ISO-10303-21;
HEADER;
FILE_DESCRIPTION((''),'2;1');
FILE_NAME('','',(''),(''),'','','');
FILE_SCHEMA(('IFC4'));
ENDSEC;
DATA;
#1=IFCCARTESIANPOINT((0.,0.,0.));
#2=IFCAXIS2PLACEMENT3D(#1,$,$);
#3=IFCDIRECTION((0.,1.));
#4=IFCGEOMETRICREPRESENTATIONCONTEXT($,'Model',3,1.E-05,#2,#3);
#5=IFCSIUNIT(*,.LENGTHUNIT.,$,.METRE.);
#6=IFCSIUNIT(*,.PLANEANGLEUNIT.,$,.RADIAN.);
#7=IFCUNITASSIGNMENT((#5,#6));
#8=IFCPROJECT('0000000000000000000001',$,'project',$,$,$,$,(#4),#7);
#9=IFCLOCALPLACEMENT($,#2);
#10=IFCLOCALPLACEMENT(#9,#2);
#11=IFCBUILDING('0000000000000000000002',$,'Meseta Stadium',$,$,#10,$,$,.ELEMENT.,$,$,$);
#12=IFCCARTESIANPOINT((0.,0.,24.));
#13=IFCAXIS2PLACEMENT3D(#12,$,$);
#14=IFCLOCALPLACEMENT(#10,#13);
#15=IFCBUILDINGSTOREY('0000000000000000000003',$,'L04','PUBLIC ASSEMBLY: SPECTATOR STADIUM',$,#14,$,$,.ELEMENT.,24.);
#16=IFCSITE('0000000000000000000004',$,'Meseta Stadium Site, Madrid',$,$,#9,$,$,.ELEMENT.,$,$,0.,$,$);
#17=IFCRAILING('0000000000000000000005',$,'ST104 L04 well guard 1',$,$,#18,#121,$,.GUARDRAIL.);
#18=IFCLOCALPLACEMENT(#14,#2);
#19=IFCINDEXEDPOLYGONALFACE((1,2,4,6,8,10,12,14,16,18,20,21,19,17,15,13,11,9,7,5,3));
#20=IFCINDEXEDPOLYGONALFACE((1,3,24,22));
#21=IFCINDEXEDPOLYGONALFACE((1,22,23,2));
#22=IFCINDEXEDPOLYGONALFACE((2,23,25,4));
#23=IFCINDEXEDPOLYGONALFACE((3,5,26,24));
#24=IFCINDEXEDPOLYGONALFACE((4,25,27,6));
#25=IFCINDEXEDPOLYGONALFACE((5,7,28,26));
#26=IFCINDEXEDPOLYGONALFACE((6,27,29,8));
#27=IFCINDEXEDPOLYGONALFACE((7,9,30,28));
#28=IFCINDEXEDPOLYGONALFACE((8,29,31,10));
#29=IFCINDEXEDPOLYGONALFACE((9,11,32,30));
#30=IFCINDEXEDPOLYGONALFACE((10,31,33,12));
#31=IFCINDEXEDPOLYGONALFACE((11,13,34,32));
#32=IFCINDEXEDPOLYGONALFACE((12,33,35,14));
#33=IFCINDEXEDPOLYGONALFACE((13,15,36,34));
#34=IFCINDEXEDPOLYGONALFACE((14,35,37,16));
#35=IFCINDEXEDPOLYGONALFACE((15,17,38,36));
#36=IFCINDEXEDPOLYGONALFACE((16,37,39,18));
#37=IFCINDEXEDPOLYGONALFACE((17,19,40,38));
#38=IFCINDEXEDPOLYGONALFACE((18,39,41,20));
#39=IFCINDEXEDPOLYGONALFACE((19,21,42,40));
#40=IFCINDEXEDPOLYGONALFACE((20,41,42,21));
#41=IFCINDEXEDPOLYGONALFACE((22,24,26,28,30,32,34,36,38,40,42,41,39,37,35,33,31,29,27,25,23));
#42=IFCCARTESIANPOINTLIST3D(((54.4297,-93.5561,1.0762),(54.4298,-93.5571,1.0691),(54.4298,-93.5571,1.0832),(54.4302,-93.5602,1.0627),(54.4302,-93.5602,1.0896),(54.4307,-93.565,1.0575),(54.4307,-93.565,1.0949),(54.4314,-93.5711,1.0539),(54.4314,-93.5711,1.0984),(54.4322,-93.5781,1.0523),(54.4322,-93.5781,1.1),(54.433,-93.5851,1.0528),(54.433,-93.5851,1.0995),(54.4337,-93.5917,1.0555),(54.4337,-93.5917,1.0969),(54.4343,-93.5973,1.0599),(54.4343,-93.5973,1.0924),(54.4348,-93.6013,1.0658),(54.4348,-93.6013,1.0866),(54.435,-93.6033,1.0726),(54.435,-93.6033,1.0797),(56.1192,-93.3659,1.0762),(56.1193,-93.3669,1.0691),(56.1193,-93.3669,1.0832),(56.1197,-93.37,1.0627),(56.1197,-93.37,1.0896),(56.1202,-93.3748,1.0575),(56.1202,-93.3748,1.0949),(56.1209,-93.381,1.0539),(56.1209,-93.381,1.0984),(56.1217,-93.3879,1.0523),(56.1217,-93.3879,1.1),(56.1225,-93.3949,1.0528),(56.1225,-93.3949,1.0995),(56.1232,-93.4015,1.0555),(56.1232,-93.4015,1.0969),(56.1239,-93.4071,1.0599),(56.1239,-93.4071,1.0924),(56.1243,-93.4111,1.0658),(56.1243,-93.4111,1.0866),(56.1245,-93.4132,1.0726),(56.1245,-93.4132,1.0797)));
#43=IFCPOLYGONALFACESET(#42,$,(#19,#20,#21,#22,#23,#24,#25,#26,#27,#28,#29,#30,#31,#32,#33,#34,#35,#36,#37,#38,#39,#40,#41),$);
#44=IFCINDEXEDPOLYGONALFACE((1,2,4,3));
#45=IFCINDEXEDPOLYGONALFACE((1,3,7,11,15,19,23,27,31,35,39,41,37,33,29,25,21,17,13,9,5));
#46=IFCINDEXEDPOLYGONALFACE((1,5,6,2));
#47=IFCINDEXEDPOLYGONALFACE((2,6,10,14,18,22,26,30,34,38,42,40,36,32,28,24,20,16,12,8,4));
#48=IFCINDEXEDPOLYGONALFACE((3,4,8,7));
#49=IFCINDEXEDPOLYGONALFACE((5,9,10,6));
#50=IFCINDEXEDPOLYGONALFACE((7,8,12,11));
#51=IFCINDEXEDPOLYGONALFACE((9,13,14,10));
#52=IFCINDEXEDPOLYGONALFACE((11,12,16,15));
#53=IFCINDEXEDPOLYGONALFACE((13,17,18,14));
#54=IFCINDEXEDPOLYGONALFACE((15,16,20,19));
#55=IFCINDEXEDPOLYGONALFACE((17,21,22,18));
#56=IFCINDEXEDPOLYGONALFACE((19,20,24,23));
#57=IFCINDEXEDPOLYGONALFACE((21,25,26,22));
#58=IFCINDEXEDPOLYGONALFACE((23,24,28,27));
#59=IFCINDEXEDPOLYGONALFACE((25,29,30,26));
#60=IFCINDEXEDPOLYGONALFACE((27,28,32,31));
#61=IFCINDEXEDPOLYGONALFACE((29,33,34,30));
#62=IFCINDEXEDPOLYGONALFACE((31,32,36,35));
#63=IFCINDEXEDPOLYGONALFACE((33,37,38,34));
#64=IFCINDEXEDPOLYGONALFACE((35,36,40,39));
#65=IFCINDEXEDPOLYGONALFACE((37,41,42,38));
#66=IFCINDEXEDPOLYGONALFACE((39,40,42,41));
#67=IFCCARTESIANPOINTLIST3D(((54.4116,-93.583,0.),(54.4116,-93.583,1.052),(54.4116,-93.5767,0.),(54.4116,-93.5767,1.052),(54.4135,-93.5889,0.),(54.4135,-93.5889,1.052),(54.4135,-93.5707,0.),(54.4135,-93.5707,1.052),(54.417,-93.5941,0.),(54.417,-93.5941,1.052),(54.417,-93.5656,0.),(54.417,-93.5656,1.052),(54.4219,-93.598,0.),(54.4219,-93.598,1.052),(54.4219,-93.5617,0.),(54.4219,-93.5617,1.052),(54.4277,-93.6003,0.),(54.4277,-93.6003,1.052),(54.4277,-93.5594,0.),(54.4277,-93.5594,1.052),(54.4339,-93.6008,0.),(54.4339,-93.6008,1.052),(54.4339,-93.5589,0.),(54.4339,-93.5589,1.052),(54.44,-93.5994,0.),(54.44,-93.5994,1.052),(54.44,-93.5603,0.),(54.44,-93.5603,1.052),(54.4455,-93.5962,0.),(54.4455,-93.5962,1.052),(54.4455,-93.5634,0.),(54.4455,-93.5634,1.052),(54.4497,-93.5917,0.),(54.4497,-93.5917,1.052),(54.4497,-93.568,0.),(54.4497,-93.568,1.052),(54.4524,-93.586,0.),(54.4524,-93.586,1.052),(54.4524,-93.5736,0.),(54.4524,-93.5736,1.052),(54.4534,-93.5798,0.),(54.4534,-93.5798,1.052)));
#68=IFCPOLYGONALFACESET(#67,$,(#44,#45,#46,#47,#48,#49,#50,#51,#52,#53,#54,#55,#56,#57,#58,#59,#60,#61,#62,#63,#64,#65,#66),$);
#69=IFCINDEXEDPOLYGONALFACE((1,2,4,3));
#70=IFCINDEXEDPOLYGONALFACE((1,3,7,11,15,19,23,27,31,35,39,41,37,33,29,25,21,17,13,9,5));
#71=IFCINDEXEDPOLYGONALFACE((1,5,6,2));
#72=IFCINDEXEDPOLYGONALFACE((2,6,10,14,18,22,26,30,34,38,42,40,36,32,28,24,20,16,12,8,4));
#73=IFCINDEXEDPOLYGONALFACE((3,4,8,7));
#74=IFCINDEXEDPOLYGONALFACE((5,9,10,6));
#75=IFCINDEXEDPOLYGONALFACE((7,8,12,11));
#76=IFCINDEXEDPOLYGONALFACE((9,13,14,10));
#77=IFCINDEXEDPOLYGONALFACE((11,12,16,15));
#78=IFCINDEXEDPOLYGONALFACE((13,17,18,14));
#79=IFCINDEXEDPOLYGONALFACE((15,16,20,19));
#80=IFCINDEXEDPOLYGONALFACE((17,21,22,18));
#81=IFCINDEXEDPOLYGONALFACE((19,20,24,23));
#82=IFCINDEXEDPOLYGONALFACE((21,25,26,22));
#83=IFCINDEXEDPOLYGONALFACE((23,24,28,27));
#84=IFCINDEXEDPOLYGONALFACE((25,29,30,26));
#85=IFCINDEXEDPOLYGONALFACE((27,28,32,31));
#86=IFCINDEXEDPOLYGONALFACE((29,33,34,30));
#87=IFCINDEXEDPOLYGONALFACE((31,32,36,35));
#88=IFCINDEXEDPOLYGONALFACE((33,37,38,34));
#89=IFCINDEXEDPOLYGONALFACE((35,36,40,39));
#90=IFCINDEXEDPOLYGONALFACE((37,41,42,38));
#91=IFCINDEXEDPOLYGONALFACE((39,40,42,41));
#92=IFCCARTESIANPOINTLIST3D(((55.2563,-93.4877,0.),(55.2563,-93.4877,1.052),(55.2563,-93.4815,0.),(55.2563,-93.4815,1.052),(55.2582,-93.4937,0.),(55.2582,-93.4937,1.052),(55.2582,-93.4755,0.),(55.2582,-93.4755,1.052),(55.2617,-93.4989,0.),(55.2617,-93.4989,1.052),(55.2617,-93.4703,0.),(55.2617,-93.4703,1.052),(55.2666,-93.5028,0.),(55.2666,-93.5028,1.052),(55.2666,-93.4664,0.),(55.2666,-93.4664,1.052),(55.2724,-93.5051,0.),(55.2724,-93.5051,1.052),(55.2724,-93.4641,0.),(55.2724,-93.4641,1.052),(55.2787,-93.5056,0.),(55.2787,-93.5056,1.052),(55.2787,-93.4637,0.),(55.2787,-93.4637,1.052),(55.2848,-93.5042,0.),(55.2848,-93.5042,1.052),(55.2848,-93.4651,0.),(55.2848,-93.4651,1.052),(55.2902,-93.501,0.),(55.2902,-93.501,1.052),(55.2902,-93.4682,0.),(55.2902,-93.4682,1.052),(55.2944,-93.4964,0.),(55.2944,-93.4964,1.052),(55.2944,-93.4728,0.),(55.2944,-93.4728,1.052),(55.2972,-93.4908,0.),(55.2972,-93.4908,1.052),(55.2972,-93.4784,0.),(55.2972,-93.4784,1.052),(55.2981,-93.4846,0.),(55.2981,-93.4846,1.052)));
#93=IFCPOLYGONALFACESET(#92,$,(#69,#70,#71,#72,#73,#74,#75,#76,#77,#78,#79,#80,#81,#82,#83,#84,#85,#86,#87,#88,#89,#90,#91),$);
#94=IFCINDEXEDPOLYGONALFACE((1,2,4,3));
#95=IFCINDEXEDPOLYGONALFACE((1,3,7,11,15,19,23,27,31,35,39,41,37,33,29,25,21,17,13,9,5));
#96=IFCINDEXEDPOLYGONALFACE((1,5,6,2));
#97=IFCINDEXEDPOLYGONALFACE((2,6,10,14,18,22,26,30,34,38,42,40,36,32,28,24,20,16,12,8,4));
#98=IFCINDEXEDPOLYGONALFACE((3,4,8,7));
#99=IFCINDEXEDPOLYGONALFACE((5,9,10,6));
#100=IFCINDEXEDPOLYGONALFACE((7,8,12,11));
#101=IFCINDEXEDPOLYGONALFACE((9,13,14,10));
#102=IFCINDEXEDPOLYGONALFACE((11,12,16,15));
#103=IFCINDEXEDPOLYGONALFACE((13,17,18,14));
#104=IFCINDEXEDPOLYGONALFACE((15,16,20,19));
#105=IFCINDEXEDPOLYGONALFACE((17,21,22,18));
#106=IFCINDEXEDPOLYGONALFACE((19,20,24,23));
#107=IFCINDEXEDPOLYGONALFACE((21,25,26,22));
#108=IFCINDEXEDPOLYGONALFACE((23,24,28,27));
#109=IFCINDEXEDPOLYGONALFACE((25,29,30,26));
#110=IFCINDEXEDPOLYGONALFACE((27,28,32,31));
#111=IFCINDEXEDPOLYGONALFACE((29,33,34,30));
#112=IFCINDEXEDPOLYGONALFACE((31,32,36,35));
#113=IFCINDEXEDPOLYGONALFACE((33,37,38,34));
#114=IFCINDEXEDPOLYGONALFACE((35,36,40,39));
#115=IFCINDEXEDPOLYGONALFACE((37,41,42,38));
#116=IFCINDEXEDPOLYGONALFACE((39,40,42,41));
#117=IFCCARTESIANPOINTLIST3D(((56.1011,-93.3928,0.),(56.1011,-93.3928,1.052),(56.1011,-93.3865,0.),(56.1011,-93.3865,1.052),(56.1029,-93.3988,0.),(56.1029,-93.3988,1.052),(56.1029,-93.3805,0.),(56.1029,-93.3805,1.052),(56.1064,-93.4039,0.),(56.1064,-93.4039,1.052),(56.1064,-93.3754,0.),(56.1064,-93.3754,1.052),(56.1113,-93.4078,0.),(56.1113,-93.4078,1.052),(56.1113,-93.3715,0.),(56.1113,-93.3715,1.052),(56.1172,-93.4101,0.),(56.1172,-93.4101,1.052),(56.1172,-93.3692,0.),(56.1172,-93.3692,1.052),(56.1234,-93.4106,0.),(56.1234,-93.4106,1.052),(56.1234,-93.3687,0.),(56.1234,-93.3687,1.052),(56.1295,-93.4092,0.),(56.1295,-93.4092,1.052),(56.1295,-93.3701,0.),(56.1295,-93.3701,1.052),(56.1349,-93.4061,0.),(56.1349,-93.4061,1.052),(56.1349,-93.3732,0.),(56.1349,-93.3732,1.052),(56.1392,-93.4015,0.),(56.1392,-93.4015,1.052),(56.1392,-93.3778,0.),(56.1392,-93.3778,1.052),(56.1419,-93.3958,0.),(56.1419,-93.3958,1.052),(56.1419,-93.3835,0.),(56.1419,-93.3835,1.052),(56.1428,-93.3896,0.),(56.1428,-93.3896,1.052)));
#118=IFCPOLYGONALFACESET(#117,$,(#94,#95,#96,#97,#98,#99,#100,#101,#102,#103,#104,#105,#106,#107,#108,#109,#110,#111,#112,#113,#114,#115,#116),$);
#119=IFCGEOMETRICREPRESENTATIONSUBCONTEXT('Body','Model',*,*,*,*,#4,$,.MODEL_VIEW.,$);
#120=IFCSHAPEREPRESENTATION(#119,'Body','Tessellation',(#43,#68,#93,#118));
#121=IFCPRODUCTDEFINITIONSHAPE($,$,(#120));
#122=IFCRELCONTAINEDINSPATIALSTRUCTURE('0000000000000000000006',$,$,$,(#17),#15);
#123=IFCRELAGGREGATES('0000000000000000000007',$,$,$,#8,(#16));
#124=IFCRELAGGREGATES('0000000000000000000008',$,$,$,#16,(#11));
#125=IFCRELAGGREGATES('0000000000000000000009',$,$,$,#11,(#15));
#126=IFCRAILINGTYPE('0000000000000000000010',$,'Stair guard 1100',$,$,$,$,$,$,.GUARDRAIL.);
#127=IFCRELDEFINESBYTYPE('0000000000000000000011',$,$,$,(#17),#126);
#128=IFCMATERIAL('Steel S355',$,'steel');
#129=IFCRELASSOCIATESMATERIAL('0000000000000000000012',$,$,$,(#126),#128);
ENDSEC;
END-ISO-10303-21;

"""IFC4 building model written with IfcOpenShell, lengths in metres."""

from ifc_helpers import new_model, si_unit, direction, frame, origin, origin_2d, place, context, subcontext, project, spatial, circle, extrude, material, type_object, element, save


model = new_model("IFC4")

# Units and contexts
model_context = context("Model", 3, precision=1e-05, world=origin(), true_north=direction((0.0, 1.0)))
body_context = subcontext(model_context, "Body", "Model", "MODEL_VIEW")
ifc_project = project(units=[si_unit("LENGTHUNIT", "METRE"), si_unit("PLANEANGLEUNIT", "RADIAN")], contexts=[model_context])

# Site, building, storey
site_placement = place(None, origin())
site = spatial("IfcSite", under=ifc_project, at=site_placement, Name="Meseta Stadium Site, Madrid", CompositionType="ELEMENT", RefElevation=0.0)
building_placement = place(site_placement, origin())
building = spatial("IfcBuilding", under=site, at=building_placement, Name="Meseta Stadium", CompositionType="ELEMENT")
storey_placement = place(building_placement, frame((0.0, 0.0, 24.0)))
storey = spatial("IfcBuildingStorey", under=building, at=storey_placement, Name="L04", Description="PUBLIC ASSEMBLY: SPECTATOR STADIUM", CompositionType="ELEMENT", Elevation=24.0)

# Railing
ifc_material_1 = material(Name="Steel S355", Category="steel")
railing_type = type_object("IfcRailingType", Name="Stair guard 1100", PredefinedType="GUARDRAIL", material=ifc_material_1)
for number, where, name in (
    (1, (54.4324, -93.5798, 0.0), "ST104 L04 well guard 1"),
):
    element("IfcRailing", number, at=place(storey_placement, frame(where)), inside=storey, type_object=railing_type, Name=name, PredefinedType="GUARDRAIL", context=body_context, shape_type="SweptSolid", body=[
        extrude(circle(Radius=0.0239, at=origin_2d()), frame((0.0, 0.0, 1.0762), z_axis=(0.993723, 0.111866, 0.0), x_axis=(-0.111866, 0.993723, 0.0)), (0.0, 0.0, 1.0), 1.7002),
        extrude(circle(Radius=0.021, at=origin_2d()), origin(), (0.0, 0.0, 1.0), 1.052),
        extrude(circle(Radius=0.021, at=origin_2d()), frame((0.8447, 0.0952, 0.0)), (0.0, 0.0, 1.0), 1.052),
        extrude(circle(Radius=0.021, at=origin_2d()), frame((1.6895, 0.1902, 0.0)), (0.0, 0.0, 1.0), 1.052),
    ])

save(model, "model.ifc")
